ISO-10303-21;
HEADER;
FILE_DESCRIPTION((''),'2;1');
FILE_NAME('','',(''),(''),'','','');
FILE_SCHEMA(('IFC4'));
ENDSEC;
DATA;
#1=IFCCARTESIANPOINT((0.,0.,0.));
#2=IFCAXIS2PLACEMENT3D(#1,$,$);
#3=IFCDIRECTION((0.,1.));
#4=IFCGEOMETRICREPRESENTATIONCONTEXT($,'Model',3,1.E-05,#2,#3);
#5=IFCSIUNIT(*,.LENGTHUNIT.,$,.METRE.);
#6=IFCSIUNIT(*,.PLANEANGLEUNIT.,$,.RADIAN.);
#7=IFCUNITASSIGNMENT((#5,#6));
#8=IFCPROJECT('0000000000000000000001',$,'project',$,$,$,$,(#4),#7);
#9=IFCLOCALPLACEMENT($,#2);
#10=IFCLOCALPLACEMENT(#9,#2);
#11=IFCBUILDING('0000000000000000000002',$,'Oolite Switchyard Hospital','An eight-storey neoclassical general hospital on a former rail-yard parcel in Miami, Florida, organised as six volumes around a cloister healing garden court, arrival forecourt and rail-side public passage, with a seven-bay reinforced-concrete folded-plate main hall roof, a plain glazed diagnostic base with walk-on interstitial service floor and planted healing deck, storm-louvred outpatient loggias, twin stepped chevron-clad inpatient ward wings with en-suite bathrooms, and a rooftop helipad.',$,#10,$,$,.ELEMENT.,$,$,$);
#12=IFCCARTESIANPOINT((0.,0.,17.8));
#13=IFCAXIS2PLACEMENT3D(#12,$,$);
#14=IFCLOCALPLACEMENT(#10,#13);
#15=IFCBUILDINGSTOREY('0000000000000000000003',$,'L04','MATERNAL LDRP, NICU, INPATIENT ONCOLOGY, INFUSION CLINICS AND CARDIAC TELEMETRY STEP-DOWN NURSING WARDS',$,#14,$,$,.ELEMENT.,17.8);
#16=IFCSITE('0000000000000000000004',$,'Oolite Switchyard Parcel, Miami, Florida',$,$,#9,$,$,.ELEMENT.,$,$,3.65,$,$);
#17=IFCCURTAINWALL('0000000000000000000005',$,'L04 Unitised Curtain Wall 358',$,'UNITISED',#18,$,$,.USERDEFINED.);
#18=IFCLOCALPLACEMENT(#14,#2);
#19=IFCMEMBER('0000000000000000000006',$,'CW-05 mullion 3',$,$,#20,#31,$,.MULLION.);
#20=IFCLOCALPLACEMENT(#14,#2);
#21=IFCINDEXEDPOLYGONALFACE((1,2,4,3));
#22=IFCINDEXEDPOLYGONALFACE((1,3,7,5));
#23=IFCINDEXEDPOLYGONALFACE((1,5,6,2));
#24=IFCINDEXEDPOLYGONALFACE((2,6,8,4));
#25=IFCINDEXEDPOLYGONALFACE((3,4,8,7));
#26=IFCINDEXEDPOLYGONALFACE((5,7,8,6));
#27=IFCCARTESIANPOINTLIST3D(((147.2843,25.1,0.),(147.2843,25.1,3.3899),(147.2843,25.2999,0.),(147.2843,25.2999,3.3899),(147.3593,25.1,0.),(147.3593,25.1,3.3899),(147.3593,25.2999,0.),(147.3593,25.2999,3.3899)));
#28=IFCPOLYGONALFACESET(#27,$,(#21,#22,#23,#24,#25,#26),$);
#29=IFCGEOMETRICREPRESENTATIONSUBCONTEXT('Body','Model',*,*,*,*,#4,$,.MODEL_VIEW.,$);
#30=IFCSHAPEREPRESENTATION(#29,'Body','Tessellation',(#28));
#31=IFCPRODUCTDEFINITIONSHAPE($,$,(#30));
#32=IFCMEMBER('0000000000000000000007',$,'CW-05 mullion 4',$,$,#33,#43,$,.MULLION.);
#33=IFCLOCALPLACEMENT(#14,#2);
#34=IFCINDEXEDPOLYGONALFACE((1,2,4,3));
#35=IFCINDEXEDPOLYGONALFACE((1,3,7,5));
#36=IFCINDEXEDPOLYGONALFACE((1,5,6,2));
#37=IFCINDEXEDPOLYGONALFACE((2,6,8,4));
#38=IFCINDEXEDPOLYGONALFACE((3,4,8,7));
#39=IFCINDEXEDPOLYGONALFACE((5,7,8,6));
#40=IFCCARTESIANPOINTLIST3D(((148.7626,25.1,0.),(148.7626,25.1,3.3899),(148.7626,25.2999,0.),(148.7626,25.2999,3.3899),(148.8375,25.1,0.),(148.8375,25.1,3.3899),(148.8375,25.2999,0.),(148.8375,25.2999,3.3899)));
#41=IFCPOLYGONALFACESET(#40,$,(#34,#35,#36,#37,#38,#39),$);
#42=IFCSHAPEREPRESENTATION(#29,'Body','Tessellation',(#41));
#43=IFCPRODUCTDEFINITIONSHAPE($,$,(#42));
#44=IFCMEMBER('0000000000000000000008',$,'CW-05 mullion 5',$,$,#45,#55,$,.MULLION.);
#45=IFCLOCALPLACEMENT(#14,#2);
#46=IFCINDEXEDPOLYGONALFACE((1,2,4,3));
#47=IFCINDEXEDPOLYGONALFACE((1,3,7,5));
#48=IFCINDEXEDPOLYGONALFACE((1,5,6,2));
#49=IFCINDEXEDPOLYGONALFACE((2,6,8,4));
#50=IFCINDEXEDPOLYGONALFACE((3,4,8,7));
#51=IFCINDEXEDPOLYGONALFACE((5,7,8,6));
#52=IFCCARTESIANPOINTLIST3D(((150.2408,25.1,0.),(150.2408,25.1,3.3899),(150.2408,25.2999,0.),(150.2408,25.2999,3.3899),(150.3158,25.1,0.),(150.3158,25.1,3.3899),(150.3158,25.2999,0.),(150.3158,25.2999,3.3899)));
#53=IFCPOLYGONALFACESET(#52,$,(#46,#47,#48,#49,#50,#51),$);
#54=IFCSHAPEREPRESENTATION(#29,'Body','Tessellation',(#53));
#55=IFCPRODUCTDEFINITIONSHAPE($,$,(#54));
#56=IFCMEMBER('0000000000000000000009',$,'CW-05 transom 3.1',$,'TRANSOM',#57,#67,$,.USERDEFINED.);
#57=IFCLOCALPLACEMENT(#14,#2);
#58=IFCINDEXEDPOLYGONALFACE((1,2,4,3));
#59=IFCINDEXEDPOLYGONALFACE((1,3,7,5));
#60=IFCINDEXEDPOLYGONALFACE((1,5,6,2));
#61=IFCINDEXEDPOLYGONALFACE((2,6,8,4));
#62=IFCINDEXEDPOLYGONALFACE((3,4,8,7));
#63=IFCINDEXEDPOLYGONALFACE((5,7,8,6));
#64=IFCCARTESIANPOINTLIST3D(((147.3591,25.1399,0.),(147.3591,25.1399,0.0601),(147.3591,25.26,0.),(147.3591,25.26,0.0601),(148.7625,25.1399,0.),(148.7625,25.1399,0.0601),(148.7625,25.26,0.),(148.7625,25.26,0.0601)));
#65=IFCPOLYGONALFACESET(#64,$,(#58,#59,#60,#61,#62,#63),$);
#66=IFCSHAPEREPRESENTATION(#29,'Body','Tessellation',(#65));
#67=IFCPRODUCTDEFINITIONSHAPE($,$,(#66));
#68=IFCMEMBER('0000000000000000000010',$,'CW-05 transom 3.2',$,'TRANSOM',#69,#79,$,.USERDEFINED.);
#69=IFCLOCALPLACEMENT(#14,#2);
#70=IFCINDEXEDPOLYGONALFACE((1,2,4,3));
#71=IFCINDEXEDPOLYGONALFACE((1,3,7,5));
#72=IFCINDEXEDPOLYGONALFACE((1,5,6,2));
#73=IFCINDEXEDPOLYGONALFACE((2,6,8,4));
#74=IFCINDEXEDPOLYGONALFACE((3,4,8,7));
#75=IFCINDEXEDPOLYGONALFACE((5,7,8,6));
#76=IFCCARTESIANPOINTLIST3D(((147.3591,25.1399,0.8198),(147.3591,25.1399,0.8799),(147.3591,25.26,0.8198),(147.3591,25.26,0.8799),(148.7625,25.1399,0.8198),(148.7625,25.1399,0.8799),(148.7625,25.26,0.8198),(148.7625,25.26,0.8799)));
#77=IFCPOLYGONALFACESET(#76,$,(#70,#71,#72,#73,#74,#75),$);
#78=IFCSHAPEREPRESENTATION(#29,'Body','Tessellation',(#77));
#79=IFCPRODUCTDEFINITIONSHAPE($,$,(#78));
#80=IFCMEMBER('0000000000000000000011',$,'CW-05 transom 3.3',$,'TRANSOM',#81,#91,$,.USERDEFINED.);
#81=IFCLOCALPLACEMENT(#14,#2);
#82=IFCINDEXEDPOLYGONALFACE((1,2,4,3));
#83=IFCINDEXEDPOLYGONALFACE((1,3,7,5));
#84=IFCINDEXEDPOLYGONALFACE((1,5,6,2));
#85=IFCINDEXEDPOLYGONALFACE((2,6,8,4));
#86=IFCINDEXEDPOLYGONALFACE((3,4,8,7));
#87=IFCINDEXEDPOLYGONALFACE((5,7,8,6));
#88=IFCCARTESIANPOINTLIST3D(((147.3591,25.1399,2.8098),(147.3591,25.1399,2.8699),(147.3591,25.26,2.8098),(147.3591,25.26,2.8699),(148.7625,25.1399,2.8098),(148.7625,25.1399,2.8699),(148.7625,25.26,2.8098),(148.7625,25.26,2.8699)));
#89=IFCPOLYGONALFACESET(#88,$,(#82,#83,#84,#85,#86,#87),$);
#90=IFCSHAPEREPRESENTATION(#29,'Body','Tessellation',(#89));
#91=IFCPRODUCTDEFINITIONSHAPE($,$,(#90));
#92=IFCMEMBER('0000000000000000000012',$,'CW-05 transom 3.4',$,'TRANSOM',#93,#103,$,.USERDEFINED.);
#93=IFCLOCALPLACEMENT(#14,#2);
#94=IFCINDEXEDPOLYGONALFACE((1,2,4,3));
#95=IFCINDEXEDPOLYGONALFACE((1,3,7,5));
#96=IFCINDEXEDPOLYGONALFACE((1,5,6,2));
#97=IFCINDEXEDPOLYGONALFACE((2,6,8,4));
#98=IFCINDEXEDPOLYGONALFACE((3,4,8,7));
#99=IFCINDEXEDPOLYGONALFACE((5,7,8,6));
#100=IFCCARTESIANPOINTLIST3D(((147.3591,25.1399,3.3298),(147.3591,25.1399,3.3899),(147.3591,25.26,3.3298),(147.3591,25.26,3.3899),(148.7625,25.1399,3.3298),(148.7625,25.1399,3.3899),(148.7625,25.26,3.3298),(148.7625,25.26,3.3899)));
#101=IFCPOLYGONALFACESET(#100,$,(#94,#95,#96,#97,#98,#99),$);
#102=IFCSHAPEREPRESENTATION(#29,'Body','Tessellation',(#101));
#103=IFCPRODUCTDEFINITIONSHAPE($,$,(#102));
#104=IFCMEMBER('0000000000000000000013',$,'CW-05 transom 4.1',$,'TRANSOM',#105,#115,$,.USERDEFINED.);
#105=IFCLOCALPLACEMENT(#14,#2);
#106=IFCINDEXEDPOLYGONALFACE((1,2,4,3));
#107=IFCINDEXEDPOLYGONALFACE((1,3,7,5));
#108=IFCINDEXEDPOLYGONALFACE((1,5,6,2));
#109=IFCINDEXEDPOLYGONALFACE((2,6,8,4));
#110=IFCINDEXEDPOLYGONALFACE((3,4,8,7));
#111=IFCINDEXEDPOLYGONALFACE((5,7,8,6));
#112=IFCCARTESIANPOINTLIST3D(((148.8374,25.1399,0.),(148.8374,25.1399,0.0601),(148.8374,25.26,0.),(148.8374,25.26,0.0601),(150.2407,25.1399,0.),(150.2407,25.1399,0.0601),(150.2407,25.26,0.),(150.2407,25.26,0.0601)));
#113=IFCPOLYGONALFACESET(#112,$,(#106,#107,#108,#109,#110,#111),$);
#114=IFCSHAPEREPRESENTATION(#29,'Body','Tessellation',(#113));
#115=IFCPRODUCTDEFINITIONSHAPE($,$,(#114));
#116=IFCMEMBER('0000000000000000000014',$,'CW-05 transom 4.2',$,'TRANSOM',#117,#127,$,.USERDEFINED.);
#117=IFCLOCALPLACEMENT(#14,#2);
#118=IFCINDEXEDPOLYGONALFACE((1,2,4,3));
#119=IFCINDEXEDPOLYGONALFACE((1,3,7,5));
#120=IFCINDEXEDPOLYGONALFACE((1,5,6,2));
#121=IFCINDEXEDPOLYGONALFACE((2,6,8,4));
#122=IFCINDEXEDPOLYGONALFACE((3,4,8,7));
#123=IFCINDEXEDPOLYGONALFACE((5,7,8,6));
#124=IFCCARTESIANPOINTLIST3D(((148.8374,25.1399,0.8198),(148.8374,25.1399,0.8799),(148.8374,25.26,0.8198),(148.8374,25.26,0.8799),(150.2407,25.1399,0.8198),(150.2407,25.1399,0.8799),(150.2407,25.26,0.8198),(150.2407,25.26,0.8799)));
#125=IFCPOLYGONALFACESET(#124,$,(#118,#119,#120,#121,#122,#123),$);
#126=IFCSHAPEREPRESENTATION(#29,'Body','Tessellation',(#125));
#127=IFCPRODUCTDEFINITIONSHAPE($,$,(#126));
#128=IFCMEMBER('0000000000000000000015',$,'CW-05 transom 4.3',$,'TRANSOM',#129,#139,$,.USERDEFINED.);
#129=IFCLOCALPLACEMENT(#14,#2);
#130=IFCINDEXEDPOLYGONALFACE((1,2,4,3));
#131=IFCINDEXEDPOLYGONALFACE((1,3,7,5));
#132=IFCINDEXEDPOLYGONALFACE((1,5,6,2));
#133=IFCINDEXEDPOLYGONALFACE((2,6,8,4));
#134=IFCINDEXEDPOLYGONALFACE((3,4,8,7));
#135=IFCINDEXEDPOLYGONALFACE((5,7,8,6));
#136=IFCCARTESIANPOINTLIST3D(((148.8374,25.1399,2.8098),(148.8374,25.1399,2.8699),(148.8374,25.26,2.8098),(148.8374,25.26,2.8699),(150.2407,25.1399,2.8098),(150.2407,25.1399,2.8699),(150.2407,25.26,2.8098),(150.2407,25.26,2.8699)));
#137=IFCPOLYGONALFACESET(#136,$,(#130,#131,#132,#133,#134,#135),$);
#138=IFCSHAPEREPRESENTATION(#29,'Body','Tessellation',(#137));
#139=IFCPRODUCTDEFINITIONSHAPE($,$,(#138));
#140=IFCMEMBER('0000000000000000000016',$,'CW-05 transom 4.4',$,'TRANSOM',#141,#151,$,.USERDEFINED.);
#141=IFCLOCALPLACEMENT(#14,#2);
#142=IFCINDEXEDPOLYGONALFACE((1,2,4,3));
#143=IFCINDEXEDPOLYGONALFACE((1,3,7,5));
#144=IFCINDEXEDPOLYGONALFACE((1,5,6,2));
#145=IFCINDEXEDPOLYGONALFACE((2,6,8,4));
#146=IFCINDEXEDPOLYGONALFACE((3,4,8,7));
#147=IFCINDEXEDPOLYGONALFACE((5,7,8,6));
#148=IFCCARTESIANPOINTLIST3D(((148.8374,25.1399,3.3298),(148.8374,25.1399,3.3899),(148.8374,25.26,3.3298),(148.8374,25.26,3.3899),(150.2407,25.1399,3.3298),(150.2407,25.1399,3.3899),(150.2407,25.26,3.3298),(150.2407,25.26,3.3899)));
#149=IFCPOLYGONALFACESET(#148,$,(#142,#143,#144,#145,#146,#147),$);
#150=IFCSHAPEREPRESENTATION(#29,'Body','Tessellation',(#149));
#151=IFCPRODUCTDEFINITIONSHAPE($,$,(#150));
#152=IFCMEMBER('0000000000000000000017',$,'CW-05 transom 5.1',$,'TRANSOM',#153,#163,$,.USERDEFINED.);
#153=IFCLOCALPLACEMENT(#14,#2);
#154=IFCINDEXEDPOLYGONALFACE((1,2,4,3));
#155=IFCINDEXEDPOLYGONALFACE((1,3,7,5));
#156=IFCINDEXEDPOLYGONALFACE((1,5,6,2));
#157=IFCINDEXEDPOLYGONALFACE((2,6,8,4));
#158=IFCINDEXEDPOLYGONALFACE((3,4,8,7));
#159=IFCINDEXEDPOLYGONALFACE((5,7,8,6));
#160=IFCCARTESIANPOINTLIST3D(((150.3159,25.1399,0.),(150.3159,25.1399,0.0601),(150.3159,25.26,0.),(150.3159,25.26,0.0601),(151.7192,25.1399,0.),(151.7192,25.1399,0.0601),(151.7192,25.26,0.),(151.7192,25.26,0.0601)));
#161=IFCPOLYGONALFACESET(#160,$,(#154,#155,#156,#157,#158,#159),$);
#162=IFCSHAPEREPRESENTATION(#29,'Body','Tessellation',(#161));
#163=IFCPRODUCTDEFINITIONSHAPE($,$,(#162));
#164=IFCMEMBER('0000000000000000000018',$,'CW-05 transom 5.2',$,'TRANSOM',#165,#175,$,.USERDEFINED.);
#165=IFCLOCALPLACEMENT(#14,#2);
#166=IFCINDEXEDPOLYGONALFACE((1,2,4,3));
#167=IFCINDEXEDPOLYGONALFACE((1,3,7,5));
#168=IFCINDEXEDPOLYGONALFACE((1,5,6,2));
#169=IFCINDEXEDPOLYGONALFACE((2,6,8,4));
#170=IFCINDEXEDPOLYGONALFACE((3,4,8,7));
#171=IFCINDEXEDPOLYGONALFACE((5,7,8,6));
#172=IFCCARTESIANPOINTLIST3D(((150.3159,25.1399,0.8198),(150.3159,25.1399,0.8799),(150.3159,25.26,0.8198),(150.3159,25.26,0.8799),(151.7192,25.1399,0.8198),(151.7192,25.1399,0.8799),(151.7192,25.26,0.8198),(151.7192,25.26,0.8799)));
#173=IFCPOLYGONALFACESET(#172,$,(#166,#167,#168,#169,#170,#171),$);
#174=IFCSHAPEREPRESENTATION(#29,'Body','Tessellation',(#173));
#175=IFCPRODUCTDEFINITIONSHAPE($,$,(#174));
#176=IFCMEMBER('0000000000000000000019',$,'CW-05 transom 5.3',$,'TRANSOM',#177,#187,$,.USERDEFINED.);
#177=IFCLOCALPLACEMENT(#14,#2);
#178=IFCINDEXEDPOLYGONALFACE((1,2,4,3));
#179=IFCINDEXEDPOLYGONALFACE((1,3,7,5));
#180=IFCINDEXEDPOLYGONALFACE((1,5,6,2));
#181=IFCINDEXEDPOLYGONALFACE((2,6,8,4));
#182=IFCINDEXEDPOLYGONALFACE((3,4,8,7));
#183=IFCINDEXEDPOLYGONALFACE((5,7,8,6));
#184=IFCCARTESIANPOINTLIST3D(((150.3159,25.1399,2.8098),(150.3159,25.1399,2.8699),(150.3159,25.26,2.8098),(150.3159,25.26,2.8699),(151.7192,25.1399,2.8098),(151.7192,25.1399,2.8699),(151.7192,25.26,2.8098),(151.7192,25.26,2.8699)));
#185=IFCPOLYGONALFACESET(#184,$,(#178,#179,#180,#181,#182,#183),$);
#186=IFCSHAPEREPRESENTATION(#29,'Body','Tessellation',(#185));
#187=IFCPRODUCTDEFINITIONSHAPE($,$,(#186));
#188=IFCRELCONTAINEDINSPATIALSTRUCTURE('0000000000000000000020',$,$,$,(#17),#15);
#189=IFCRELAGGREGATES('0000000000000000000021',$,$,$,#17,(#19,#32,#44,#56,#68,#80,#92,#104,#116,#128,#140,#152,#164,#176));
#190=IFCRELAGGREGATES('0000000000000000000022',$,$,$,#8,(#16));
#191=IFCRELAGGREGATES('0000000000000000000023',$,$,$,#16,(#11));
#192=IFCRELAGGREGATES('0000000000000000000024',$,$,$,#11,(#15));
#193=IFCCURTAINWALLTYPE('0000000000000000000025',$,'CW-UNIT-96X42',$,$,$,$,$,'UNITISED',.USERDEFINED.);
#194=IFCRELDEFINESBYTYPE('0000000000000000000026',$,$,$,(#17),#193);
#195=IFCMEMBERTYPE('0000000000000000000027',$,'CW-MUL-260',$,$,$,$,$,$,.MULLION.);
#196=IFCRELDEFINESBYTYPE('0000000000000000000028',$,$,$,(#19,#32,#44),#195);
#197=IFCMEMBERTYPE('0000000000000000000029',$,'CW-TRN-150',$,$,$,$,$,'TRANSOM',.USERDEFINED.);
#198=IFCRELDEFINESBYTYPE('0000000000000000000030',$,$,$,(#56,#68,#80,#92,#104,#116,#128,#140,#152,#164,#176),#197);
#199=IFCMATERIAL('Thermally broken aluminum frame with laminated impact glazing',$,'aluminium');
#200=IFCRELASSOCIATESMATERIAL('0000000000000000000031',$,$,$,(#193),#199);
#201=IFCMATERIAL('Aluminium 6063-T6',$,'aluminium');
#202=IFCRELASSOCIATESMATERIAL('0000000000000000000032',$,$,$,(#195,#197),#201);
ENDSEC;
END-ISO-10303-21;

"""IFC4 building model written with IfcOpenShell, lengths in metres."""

from ifc_helpers import new_model, si_unit, direction, frame, origin, origin_2d, place, context, subcontext, project, spatial, rectangle, extrude, material, material_profile, profile_set, type_object, element, aggregate, save


model = new_model("IFC4")

# Units and contexts
model_context = context("Model", 3, precision=1e-05, world=origin(), true_north=direction((0.0, 1.0)))
body_context = subcontext(model_context, "Body", "Model", "MODEL_VIEW")
ifc_project = project(units=[si_unit("LENGTHUNIT", "METRE"), si_unit("PLANEANGLEUNIT", "RADIAN")], contexts=[model_context])

# Site, building, storey
site_placement = place(None, origin())
site = spatial("IfcSite", under=ifc_project, at=site_placement, Name="Oolite Switchyard Parcel, Miami, Florida", CompositionType="ELEMENT", RefElevation=3.65)
building_placement = place(site_placement, origin())
building = spatial("IfcBuilding", under=site, at=building_placement, Name="Oolite Switchyard Hospital", Description="An eight-storey neoclassical general hospital on a former rail-yard parcel in Miami, Florida, organised as six volumes around a cloister healing garden court, arrival forecourt and rail-side public passage, with a seven-bay reinforced-concrete folded-plate main hall roof, a plain glazed diagnostic base with walk-on interstitial service floor and planted healing deck, storm-louvred outpatient loggias, twin stepped chevron-clad inpatient ward wings with en-suite bathrooms, and a rooftop helipad.", CompositionType="ELEMENT")
storey_placement = place(building_placement, frame((0.0, 0.0, 17.8)))
storey = spatial("IfcBuildingStorey", under=building, at=storey_placement, Name="L04", Description="MATERNAL LDRP, NICU, INPATIENT ONCOLOGY, INFUSION CLINICS AND CARDIAC TELEMETRY STEP-DOWN NURSING WARDS", CompositionType="ELEMENT", Elevation=17.8)

# Curtain wall, members
ifc_material_1 = material(Name="Thermally broken aluminum frame with laminated impact glazing", Category="aluminium")
curtain_wall_type = type_object("IfcCurtainWallType", Name="CW-UNIT-96X42", ElementType="UNITISED", PredefinedType="USERDEFINED", material=ifc_material_1)
curtain_wall_placement = place(storey_placement, origin())
curtain_wall = element("IfcCurtainWall", 1, at=curtain_wall_placement, inside=storey, type_object=curtain_wall_type, Name="L04 Unitised Curtain Wall 358", ObjectType="UNITISED", PredefinedType="USERDEFINED")
ifc_material_2 = material(Name="Aluminium 6063-T6", Category="aluminium")
ifc_material_profile_1 = material_profile(ifc_material_2, rectangle(XDim=0.2, YDim=0.075, at=origin_2d()), Name="CWM75X200")
ifc_profile_set_1 = profile_set([ifc_material_profile_1], Name="Aluminium 6063-T6")
member_type_1 = type_object("IfcMemberType", Name="CW-MUL-260", PredefinedType="MULLION", material=ifc_profile_set_1)
member_1_placement = place(storey_placement, frame((147.3218, 25.2, 0.0), z_axis=(0.0, 0.0, 1.0), x_axis=(0.0, 1.0, 0.0)))
member_1 = element("IfcMember", 2, at=member_1_placement, type_object=member_type_1, Name="CW-05 mullion 3", PredefinedType="MULLION", context=body_context, shape_type="SweptSolid", body=[
    extrude(rectangle(XDim=0.2, YDim=0.075, at=origin_2d()), origin(), (0.0, 0.0, 1.0), 3.3899),
])
member_2_placement = place(storey_placement, frame((148.8, 25.2, 0.0), z_axis=(0.0, 0.0, 1.0), x_axis=(0.0, 1.0, 0.0)))
member_2 = element("IfcMember", 3, at=member_2_placement, type_object=member_type_1, Name="CW-05 mullion 4", PredefinedType="MULLION", context=body_context, shape_type="SweptSolid", body=[
    extrude(rectangle(XDim=0.2, YDim=0.075, at=origin_2d()), origin(), (0.0, 0.0, 1.0), 3.3899),
])
member_3_placement = place(storey_placement, frame((150.2783, 25.2, 0.0), z_axis=(0.0, 0.0, 1.0), x_axis=(0.0, 1.0, 0.0)))
member_3 = element("IfcMember", 4, at=member_3_placement, type_object=member_type_1, Name="CW-05 mullion 5", PredefinedType="MULLION", context=body_context, shape_type="SweptSolid", body=[
    extrude(rectangle(XDim=0.2, YDim=0.075, at=origin_2d()), origin(), (0.0, 0.0, 1.0), 3.3899),
])
ifc_material_profile_2 = material_profile(ifc_material_2, rectangle(XDim=0.1201, YDim=0.0601, at=origin_2d()), Name="CWT60X120")
ifc_profile_set_2 = profile_set([ifc_material_profile_2], Name="Aluminium 6063-T6")
member_type_2 = type_object("IfcMemberType", Name="CW-TRN-150", ElementType="TRANSOM", PredefinedType="USERDEFINED", material=ifc_profile_set_2)
member_4_placement = place(storey_placement, frame((147.3591, 25.2, 0.03), z_axis=(1.0, 0.0, 0.0), x_axis=(0.0, 1.0, 0.0)))
member_4 = element("IfcMember", 5, at=member_4_placement, type_object=member_type_2, Name="CW-05 transom 3.1", ObjectType="TRANSOM", PredefinedType="USERDEFINED", context=body_context, shape_type="SweptSolid", body=[
    extrude(rectangle(XDim=0.1201, YDim=0.0601, at=origin_2d()), origin(), (0.0, 0.0, 1.0), 1.4033),
])
member_5_placement = place(storey_placement, frame((147.3591, 25.2, 0.8499), z_axis=(1.0, 0.0, 0.0), x_axis=(0.0, 1.0, 0.0)))
member_5 = element("IfcMember", 6, at=member_5_placement, type_object=member_type_2, Name="CW-05 transom 3.2", ObjectType="TRANSOM", PredefinedType="USERDEFINED", context=body_context, shape_type="SweptSolid", body=[
    extrude(rectangle(XDim=0.1201, YDim=0.0601, at=origin_2d()), origin(), (0.0, 0.0, 1.0), 1.4033),
])
member_6_placement = place(storey_placement, frame((147.3591, 25.2, 2.8398), z_axis=(1.0, 0.0, 0.0), x_axis=(0.0, 1.0, 0.0)))
member_6 = element("IfcMember", 7, at=member_6_placement, type_object=member_type_2, Name="CW-05 transom 3.3", ObjectType="TRANSOM", PredefinedType="USERDEFINED", context=body_context, shape_type="SweptSolid", body=[
    extrude(rectangle(XDim=0.1201, YDim=0.0601, at=origin_2d()), origin(), (0.0, 0.0, 1.0), 1.4033),
])
member_7_placement = place(storey_placement, frame((147.3591, 25.2, 3.3599), z_axis=(1.0, 0.0, 0.0), x_axis=(0.0, 1.0, 0.0)))
member_7 = element("IfcMember", 8, at=member_7_placement, type_object=member_type_2, Name="CW-05 transom 3.4", ObjectType="TRANSOM", PredefinedType="USERDEFINED", context=body_context, shape_type="SweptSolid", body=[
    extrude(rectangle(XDim=0.1201, YDim=0.0601, at=origin_2d()), origin(), (0.0, 0.0, 1.0), 1.4033),
])
member_8_placement = place(storey_placement, frame((148.8374, 25.2, 0.03), z_axis=(1.0, 0.0, 0.0), x_axis=(0.0, 1.0, 0.0)))
member_8 = element("IfcMember", 9, at=member_8_placement, type_object=member_type_2, Name="CW-05 transom 4.1", ObjectType="TRANSOM", PredefinedType="USERDEFINED", context=body_context, shape_type="SweptSolid", body=[
    extrude(rectangle(XDim=0.1201, YDim=0.0601, at=origin_2d()), origin(), (0.0, 0.0, 1.0), 1.4033),
])
member_9_placement = place(storey_placement, frame((148.8374, 25.2, 0.8499), z_axis=(1.0, 0.0, 0.0), x_axis=(0.0, 1.0, 0.0)))
member_9 = element("IfcMember", 10, at=member_9_placement, type_object=member_type_2, Name="CW-05 transom 4.2", ObjectType="TRANSOM", PredefinedType="USERDEFINED", context=body_context, shape_type="SweptSolid", body=[
    extrude(rectangle(XDim=0.1201, YDim=0.0601, at=origin_2d()), origin(), (0.0, 0.0, 1.0), 1.4033),
])
member_10_placement = place(storey_placement, frame((148.8374, 25.2, 2.8398), z_axis=(1.0, 0.0, 0.0), x_axis=(0.0, 1.0, 0.0)))
member_10 = element("IfcMember", 11, at=member_10_placement, type_object=member_type_2, Name="CW-05 transom 4.3", ObjectType="TRANSOM", PredefinedType="USERDEFINED", context=body_context, shape_type="SweptSolid", body=[
    extrude(rectangle(XDim=0.1201, YDim=0.0601, at=origin_2d()), origin(), (0.0, 0.0, 1.0), 1.4033),
])
member_11_placement = place(storey_placement, frame((148.8374, 25.2, 3.3599), z_axis=(1.0, 0.0, 0.0), x_axis=(0.0, 1.0, 0.0)))
member_11 = element("IfcMember", 12, at=member_11_placement, type_object=member_type_2, Name="CW-05 transom 4.4", ObjectType="TRANSOM", PredefinedType="USERDEFINED", context=body_context, shape_type="SweptSolid", body=[
    extrude(rectangle(XDim=0.1201, YDim=0.0601, at=origin_2d()), origin(), (0.0, 0.0, 1.0), 1.4033),
])
member_12_placement = place(storey_placement, frame((150.3159, 25.2, 0.03), z_axis=(1.0, 0.0, 0.0), x_axis=(0.0, 1.0, 0.0)))
member_12 = element("IfcMember", 13, at=member_12_placement, type_object=member_type_2, Name="CW-05 transom 5.1", ObjectType="TRANSOM", PredefinedType="USERDEFINED", context=body_context, shape_type="SweptSolid", body=[
    extrude(rectangle(XDim=0.1201, YDim=0.0601, at=origin_2d()), origin(), (0.0, 0.0, 1.0), 1.4033),
])
member_13_placement = place(storey_placement, frame((150.3159, 25.2, 0.8499), z_axis=(1.0, 0.0, 0.0), x_axis=(0.0, 1.0, 0.0)))
member_13 = element("IfcMember", 14, at=member_13_placement, type_object=member_type_2, Name="CW-05 transom 5.2", ObjectType="TRANSOM", PredefinedType="USERDEFINED", context=body_context, shape_type="SweptSolid", body=[
    extrude(rectangle(XDim=0.1201, YDim=0.0601, at=origin_2d()), origin(), (0.0, 0.0, 1.0), 1.4033),
])
member_14_placement = place(storey_placement, frame((150.3159, 25.2, 2.8398), z_axis=(1.0, 0.0, 0.0), x_axis=(0.0, 1.0, 0.0)))
member_14 = element("IfcMember", 15, at=member_14_placement, type_object=member_type_2, Name="CW-05 transom 5.3", ObjectType="TRANSOM", PredefinedType="USERDEFINED", context=body_context, shape_type="SweptSolid", body=[
    extrude(rectangle(XDim=0.1201, YDim=0.0601, at=origin_2d()), origin(), (0.0, 0.0, 1.0), 1.4033),
])
aggregate(curtain_wall, [member_1, member_2, member_3, member_4, member_5, member_6, member_7, member_8, member_9, member_10, member_11, member_12, member_13, member_14])

save(model, "model.ifc")
